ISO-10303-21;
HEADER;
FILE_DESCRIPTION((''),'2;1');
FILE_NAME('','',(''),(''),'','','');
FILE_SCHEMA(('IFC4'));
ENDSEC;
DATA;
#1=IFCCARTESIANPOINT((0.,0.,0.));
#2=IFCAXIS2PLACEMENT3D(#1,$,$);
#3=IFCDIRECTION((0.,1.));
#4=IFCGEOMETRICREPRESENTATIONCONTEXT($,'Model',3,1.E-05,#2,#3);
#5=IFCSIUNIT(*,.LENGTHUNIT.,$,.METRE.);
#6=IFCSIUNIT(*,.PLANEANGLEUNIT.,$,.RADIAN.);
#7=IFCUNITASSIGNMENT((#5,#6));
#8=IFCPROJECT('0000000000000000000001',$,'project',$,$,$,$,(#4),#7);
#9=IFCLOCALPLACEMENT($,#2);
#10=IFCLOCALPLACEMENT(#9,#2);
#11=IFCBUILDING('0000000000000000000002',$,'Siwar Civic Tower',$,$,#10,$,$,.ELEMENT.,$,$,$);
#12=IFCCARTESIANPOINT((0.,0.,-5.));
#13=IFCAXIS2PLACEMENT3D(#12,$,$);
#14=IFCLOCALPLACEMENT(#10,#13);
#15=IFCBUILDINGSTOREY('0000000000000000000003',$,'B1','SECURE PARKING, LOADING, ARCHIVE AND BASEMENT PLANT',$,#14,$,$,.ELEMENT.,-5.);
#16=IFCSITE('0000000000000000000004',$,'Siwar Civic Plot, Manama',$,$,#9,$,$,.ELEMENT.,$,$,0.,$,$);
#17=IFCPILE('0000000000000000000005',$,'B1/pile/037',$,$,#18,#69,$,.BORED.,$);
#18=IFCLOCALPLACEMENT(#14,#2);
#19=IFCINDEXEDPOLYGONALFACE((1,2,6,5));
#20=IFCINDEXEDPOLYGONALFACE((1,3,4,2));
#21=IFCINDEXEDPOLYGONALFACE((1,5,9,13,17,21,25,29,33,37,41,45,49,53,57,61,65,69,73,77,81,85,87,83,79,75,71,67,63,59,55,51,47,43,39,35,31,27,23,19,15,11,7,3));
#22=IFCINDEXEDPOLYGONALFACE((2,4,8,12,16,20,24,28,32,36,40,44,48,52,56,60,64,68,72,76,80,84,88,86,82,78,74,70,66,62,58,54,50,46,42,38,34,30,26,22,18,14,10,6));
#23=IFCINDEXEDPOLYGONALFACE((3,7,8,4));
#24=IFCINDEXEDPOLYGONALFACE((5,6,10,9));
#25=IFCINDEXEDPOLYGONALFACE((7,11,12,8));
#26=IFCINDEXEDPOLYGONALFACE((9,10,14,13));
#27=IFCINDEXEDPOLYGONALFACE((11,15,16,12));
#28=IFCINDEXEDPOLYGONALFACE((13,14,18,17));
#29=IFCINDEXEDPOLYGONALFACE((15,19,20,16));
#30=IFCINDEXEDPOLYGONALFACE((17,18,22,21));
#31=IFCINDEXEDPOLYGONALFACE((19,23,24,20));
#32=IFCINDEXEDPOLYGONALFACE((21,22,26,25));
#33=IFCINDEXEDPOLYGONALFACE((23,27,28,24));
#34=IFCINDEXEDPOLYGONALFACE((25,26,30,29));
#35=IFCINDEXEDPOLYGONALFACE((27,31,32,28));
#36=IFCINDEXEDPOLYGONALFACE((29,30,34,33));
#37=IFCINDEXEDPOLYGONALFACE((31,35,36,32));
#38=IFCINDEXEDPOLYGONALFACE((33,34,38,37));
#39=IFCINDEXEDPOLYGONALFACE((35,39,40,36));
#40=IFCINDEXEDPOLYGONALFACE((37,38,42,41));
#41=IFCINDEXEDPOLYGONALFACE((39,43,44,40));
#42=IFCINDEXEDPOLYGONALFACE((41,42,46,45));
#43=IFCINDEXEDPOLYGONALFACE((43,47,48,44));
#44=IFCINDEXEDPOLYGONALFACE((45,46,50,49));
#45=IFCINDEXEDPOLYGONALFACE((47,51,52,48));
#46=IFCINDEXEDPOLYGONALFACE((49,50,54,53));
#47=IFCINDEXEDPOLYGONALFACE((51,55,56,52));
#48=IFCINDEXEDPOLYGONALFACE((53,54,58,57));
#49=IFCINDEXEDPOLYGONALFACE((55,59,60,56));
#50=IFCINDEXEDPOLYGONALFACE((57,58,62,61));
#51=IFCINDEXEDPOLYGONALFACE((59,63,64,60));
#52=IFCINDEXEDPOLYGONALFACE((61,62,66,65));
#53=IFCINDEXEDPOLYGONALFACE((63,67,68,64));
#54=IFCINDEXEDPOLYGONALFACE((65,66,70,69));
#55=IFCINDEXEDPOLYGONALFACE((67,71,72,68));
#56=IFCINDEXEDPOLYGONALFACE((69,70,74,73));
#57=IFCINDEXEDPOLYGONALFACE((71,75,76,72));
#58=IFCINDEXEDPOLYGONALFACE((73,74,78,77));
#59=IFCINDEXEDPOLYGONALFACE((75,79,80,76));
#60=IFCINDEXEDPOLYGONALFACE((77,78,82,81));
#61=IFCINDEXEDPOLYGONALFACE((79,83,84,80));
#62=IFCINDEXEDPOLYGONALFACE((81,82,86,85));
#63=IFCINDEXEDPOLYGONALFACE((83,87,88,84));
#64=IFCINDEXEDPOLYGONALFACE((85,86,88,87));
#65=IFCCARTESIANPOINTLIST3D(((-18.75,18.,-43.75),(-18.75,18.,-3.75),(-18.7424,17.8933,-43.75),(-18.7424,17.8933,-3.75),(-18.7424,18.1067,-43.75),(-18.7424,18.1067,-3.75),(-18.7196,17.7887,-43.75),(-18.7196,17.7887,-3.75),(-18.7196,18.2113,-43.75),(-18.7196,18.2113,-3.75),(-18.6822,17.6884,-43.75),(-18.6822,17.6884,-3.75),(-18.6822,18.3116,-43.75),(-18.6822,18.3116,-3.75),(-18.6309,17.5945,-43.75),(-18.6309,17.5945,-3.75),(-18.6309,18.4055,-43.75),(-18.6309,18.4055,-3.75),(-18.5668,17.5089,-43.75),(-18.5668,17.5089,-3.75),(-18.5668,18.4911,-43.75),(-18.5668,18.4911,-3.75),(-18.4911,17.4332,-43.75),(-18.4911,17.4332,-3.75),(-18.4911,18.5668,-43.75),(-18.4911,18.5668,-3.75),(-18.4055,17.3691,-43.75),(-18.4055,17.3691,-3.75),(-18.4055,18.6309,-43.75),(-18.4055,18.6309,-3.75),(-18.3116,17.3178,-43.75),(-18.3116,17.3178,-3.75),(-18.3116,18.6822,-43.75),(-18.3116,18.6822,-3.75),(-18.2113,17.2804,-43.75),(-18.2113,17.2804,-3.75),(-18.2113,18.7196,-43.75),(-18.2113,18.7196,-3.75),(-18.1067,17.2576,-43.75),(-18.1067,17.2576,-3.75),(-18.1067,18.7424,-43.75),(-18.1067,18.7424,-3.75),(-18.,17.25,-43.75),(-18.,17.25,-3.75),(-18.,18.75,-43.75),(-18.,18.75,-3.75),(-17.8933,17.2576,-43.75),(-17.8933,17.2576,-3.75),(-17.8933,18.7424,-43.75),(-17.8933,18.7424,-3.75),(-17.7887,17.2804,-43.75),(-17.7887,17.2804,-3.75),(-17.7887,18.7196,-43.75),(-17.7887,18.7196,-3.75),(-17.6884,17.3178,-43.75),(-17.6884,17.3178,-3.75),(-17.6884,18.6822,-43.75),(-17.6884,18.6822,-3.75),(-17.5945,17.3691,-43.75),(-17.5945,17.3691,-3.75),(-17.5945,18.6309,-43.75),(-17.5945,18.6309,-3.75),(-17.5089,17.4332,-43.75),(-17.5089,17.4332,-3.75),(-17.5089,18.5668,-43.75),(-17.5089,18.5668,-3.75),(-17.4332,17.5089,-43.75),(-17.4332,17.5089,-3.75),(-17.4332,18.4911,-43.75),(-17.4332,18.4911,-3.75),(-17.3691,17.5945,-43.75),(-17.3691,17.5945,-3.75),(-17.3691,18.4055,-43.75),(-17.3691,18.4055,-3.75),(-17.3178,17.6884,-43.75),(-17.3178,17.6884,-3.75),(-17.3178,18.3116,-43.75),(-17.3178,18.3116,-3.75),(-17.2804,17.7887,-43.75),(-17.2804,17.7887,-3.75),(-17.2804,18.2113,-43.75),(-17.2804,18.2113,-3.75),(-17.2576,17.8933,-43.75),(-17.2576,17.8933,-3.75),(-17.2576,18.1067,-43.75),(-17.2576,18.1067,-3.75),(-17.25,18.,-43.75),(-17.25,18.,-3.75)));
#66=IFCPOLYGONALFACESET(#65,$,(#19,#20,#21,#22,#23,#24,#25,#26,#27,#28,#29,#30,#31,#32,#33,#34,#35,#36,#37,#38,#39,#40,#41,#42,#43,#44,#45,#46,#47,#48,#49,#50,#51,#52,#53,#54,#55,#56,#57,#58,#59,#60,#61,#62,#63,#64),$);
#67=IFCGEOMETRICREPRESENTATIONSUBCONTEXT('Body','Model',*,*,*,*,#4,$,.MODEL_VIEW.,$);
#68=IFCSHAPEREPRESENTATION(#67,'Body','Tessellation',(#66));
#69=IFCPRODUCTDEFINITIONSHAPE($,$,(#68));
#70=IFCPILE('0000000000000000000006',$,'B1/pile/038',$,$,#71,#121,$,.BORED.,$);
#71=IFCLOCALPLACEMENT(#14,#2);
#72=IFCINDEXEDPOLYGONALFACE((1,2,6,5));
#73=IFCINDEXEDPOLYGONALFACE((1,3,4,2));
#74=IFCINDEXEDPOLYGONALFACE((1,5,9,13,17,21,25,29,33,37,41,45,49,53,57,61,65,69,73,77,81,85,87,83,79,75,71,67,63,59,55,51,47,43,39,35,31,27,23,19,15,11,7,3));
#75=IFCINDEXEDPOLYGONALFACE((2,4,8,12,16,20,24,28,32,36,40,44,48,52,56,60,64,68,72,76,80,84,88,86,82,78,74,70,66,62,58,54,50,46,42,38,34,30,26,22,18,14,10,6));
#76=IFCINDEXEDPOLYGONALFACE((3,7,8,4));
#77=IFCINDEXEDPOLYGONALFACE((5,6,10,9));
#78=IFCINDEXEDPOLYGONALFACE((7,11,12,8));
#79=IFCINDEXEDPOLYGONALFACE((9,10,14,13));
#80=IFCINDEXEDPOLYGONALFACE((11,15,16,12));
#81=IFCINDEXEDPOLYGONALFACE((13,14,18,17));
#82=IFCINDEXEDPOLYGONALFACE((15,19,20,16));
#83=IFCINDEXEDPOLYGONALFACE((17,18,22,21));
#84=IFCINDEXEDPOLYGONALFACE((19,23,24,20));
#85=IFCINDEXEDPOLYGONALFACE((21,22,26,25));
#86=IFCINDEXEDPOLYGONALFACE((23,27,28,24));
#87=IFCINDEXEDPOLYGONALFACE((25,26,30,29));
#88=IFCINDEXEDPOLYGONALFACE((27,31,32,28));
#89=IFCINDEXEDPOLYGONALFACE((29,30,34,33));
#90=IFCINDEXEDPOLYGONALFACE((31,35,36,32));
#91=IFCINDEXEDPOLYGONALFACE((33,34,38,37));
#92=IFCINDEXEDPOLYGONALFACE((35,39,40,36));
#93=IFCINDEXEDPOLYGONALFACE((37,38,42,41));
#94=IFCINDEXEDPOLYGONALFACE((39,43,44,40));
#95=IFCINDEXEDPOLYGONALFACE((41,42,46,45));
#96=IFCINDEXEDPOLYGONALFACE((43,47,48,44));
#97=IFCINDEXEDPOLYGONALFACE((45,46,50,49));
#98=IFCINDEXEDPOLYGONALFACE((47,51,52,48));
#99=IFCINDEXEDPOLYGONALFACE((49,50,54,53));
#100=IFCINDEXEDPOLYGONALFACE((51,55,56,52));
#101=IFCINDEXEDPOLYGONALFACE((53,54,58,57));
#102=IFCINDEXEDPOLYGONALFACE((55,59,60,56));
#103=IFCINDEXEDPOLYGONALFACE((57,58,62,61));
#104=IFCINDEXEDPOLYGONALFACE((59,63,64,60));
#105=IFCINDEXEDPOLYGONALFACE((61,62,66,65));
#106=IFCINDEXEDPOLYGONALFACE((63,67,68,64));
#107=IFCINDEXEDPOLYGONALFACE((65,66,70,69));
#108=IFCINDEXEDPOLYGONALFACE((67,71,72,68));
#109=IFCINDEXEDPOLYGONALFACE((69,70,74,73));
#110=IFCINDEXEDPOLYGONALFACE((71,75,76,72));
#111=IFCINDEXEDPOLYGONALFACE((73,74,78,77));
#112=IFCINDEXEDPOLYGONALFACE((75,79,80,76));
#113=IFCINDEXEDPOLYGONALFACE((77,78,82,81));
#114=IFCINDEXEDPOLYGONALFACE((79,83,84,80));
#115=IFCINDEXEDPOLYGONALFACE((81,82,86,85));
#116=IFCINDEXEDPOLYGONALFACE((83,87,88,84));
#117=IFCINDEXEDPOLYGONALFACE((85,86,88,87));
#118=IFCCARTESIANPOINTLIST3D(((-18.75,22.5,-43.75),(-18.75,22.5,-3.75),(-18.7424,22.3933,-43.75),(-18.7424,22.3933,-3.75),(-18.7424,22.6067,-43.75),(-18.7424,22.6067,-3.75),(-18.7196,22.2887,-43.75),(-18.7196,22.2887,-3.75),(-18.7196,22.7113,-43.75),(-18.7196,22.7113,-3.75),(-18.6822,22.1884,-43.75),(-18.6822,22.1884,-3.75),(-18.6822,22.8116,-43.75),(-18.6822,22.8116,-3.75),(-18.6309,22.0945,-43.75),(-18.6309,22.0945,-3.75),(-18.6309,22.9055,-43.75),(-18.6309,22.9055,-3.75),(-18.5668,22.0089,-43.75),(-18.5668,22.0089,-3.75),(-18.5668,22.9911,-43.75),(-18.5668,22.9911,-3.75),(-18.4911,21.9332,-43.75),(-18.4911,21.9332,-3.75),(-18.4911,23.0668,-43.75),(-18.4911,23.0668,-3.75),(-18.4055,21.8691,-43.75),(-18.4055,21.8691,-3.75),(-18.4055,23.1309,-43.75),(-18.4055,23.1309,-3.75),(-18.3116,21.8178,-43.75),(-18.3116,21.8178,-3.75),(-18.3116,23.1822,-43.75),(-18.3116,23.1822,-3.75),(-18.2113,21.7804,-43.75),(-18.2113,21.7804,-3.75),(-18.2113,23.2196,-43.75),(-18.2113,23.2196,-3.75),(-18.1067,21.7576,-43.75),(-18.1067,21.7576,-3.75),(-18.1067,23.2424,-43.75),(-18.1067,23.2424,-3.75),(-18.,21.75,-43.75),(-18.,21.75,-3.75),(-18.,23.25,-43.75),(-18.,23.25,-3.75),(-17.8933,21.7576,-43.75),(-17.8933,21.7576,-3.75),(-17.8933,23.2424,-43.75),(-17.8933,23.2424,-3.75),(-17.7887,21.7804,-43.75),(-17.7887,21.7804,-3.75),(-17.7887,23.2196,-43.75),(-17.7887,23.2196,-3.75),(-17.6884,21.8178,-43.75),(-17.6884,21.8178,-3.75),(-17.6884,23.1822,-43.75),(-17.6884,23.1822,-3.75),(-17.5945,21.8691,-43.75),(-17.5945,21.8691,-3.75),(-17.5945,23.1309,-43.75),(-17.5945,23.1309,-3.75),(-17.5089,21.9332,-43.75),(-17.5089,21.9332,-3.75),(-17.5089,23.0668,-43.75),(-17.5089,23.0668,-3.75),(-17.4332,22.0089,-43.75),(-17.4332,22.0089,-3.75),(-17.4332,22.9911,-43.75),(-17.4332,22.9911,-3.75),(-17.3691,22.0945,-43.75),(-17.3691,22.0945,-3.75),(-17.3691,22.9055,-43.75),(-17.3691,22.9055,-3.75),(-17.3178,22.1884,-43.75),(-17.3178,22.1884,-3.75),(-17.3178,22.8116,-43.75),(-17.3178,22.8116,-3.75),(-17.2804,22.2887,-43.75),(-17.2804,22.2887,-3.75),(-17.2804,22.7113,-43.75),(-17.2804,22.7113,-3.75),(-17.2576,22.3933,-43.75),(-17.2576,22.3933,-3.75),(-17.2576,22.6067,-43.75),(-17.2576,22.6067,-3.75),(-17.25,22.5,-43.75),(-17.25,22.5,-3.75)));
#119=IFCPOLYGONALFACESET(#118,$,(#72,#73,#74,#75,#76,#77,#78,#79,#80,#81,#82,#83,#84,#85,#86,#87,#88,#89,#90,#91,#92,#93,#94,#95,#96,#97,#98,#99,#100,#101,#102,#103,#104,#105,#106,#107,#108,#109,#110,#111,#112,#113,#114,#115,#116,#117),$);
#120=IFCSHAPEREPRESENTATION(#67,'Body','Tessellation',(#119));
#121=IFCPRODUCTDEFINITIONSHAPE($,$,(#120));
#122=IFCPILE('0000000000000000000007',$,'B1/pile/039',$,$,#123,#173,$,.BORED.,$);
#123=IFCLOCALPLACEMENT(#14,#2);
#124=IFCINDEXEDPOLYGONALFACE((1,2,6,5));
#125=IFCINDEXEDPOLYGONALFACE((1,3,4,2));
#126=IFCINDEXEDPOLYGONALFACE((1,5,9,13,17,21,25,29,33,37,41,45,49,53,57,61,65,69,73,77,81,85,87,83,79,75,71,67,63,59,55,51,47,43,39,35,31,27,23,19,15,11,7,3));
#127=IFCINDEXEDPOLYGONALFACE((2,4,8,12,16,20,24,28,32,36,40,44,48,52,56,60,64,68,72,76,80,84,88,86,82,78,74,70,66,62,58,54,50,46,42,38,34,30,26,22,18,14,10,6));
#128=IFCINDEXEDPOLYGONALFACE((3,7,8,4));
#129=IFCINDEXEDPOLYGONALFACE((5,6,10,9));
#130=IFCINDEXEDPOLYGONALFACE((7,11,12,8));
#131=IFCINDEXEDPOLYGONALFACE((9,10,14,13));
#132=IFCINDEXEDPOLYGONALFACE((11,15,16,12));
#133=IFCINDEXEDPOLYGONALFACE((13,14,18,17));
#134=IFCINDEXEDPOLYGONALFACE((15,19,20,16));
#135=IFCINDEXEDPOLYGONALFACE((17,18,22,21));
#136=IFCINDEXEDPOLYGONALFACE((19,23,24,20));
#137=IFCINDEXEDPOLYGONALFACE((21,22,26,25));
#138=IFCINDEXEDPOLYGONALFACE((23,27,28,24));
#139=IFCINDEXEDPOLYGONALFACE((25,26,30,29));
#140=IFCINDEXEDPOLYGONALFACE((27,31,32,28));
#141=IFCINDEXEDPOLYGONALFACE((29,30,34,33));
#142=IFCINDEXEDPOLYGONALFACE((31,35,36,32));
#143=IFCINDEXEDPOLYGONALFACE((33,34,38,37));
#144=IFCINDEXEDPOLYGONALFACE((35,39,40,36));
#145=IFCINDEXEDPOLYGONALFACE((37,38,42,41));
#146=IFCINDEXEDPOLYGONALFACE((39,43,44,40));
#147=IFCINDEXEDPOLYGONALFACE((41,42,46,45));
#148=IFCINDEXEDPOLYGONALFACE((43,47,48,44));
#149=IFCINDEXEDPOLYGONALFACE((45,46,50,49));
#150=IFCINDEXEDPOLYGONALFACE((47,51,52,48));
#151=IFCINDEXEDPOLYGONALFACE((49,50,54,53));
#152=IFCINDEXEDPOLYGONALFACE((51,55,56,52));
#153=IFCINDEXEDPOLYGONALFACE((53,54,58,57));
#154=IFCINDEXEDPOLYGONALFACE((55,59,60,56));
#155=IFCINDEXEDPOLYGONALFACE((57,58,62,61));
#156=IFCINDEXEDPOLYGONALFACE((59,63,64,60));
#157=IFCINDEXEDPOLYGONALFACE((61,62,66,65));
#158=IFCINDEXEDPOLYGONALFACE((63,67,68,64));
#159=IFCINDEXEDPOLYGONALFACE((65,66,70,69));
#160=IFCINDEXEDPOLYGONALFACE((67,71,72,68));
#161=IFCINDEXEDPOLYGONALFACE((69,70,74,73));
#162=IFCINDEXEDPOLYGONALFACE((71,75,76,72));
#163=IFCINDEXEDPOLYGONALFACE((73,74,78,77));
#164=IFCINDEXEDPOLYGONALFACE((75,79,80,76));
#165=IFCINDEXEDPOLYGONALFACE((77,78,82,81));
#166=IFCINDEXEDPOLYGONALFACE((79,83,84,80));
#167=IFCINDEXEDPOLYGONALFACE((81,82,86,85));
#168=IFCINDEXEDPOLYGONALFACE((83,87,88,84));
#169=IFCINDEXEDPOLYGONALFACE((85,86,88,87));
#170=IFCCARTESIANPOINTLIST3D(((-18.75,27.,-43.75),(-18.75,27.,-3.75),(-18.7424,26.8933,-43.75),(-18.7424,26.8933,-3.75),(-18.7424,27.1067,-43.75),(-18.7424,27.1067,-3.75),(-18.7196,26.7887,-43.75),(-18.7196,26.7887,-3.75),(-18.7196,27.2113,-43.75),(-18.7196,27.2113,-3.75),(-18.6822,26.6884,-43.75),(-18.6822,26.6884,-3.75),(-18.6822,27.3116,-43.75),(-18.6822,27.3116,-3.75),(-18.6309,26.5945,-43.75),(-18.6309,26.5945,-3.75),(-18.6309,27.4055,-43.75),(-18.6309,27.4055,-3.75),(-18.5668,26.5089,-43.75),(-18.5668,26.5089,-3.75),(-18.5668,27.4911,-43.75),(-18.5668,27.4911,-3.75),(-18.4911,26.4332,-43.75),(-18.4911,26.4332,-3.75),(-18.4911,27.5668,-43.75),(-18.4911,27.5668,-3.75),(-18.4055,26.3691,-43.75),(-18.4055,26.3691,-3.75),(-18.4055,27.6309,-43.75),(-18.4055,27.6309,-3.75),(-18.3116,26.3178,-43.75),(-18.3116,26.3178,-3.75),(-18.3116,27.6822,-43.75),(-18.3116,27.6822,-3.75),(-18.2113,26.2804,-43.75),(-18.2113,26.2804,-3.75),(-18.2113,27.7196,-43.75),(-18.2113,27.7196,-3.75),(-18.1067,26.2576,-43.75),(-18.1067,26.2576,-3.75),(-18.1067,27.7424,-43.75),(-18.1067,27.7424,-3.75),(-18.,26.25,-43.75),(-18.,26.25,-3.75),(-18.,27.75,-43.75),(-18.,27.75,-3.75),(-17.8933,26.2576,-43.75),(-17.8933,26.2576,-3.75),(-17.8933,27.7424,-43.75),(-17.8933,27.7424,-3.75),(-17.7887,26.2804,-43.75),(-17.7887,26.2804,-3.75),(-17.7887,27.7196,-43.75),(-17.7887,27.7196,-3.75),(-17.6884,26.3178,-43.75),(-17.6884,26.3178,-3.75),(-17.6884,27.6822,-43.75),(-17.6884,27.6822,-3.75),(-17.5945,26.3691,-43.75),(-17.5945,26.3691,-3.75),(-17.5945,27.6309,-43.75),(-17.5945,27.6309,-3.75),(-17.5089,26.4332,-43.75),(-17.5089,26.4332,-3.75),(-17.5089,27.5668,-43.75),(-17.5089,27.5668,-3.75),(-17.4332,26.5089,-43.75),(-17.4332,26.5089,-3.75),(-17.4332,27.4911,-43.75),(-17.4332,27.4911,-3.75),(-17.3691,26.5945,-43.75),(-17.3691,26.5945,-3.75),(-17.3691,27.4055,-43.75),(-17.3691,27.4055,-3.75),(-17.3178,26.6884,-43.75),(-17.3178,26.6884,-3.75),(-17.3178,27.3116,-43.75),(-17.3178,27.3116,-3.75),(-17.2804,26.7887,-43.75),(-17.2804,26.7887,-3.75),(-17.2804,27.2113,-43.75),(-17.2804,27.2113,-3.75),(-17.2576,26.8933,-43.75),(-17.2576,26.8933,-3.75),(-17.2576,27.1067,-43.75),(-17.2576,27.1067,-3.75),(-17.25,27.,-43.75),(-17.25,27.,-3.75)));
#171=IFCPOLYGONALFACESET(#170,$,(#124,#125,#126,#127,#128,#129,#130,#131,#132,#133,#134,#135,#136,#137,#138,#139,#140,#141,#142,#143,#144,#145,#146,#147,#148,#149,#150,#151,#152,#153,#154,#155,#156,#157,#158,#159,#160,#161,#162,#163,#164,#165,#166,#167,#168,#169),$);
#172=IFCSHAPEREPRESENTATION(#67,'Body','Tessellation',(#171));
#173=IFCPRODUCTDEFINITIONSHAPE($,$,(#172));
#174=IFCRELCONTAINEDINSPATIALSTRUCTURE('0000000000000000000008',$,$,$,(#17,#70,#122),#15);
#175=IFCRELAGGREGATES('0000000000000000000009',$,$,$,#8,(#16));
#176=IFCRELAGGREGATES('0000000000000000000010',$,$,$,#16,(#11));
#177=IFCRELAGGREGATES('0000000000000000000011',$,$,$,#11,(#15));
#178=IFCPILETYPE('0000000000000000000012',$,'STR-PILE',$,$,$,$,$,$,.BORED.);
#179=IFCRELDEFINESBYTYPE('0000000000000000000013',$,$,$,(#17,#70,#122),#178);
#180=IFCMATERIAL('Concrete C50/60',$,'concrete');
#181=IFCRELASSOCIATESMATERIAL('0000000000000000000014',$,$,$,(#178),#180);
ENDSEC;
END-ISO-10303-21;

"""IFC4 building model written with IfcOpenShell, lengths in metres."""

from ifc_helpers import new_model, si_unit, direction, frame, origin, origin_2d, place, context, subcontext, project, spatial, circle, extrude, material, material_profile, profile_set, type_object, element, save


model = new_model("IFC4")

# Units and contexts
model_context = context("Model", 3, precision=1e-05, world=origin(), true_north=direction((0.0, 1.0)))
body_context = subcontext(model_context, "Body", "Model", "MODEL_VIEW")
ifc_project = project(units=[si_unit("LENGTHUNIT", "METRE"), si_unit("PLANEANGLEUNIT", "RADIAN")], contexts=[model_context])

# Site, building, storey
site_placement = place(None, origin())
site = spatial("IfcSite", under=ifc_project, at=site_placement, Name="Siwar Civic Plot, Manama", CompositionType="ELEMENT", RefElevation=0.0)
building_placement = place(site_placement, origin())
building = spatial("IfcBuilding", under=site, at=building_placement, Name="Siwar Civic Tower", CompositionType="ELEMENT")
storey_placement = place(building_placement, frame((0.0, 0.0, -5.0)))
storey = spatial("IfcBuildingStorey", under=building, at=storey_placement, Name="B1", Description="SECURE PARKING, LOADING, ARCHIVE AND BASEMENT PLANT", CompositionType="ELEMENT", Elevation=-5.0)

# Piles
ifc_material_1 = material(Name="Concrete C50/60", Category="concrete")
ifc_material_profile_1 = material_profile(ifc_material_1, circle(Radius=0.75, at=origin_2d()), Name="PILE1500")
ifc_profile_set_1 = profile_set([ifc_material_profile_1], Name="Concrete C50/60")
pile_type = type_object("IfcPileType", Name="STR-PILE", PredefinedType="BORED", material=ifc_profile_set_1)
for number, where, z_axis, x_axis, name in (
    (1, (-18.0, 18.0, -3.75), (0.0, 0.0, -1.0), (1.0, 0.0, 0.0), "B1/pile/037"),
    (2, (-18.0, 22.5, -3.75), (0.0, 0.0, -1.0), (1.0, 0.0, 0.0), "B1/pile/038"),
    (3, (-18.0, 27.0, -3.75), (0.0, 0.0, -1.0), (1.0, 0.0, 0.0), "B1/pile/039"),
):
    element("IfcPile", number, at=place(storey_placement, frame(where, z_axis=z_axis, x_axis=x_axis)), inside=storey, type_object=pile_type, Name=name, PredefinedType="BORED", context=body_context, shape_type="SweptSolid", body=[
        extrude(circle(Radius=0.75, at=origin_2d()), origin(), (0.0, 0.0, 1.0), 40.0),
    ])

save(model, "model.ifc")
